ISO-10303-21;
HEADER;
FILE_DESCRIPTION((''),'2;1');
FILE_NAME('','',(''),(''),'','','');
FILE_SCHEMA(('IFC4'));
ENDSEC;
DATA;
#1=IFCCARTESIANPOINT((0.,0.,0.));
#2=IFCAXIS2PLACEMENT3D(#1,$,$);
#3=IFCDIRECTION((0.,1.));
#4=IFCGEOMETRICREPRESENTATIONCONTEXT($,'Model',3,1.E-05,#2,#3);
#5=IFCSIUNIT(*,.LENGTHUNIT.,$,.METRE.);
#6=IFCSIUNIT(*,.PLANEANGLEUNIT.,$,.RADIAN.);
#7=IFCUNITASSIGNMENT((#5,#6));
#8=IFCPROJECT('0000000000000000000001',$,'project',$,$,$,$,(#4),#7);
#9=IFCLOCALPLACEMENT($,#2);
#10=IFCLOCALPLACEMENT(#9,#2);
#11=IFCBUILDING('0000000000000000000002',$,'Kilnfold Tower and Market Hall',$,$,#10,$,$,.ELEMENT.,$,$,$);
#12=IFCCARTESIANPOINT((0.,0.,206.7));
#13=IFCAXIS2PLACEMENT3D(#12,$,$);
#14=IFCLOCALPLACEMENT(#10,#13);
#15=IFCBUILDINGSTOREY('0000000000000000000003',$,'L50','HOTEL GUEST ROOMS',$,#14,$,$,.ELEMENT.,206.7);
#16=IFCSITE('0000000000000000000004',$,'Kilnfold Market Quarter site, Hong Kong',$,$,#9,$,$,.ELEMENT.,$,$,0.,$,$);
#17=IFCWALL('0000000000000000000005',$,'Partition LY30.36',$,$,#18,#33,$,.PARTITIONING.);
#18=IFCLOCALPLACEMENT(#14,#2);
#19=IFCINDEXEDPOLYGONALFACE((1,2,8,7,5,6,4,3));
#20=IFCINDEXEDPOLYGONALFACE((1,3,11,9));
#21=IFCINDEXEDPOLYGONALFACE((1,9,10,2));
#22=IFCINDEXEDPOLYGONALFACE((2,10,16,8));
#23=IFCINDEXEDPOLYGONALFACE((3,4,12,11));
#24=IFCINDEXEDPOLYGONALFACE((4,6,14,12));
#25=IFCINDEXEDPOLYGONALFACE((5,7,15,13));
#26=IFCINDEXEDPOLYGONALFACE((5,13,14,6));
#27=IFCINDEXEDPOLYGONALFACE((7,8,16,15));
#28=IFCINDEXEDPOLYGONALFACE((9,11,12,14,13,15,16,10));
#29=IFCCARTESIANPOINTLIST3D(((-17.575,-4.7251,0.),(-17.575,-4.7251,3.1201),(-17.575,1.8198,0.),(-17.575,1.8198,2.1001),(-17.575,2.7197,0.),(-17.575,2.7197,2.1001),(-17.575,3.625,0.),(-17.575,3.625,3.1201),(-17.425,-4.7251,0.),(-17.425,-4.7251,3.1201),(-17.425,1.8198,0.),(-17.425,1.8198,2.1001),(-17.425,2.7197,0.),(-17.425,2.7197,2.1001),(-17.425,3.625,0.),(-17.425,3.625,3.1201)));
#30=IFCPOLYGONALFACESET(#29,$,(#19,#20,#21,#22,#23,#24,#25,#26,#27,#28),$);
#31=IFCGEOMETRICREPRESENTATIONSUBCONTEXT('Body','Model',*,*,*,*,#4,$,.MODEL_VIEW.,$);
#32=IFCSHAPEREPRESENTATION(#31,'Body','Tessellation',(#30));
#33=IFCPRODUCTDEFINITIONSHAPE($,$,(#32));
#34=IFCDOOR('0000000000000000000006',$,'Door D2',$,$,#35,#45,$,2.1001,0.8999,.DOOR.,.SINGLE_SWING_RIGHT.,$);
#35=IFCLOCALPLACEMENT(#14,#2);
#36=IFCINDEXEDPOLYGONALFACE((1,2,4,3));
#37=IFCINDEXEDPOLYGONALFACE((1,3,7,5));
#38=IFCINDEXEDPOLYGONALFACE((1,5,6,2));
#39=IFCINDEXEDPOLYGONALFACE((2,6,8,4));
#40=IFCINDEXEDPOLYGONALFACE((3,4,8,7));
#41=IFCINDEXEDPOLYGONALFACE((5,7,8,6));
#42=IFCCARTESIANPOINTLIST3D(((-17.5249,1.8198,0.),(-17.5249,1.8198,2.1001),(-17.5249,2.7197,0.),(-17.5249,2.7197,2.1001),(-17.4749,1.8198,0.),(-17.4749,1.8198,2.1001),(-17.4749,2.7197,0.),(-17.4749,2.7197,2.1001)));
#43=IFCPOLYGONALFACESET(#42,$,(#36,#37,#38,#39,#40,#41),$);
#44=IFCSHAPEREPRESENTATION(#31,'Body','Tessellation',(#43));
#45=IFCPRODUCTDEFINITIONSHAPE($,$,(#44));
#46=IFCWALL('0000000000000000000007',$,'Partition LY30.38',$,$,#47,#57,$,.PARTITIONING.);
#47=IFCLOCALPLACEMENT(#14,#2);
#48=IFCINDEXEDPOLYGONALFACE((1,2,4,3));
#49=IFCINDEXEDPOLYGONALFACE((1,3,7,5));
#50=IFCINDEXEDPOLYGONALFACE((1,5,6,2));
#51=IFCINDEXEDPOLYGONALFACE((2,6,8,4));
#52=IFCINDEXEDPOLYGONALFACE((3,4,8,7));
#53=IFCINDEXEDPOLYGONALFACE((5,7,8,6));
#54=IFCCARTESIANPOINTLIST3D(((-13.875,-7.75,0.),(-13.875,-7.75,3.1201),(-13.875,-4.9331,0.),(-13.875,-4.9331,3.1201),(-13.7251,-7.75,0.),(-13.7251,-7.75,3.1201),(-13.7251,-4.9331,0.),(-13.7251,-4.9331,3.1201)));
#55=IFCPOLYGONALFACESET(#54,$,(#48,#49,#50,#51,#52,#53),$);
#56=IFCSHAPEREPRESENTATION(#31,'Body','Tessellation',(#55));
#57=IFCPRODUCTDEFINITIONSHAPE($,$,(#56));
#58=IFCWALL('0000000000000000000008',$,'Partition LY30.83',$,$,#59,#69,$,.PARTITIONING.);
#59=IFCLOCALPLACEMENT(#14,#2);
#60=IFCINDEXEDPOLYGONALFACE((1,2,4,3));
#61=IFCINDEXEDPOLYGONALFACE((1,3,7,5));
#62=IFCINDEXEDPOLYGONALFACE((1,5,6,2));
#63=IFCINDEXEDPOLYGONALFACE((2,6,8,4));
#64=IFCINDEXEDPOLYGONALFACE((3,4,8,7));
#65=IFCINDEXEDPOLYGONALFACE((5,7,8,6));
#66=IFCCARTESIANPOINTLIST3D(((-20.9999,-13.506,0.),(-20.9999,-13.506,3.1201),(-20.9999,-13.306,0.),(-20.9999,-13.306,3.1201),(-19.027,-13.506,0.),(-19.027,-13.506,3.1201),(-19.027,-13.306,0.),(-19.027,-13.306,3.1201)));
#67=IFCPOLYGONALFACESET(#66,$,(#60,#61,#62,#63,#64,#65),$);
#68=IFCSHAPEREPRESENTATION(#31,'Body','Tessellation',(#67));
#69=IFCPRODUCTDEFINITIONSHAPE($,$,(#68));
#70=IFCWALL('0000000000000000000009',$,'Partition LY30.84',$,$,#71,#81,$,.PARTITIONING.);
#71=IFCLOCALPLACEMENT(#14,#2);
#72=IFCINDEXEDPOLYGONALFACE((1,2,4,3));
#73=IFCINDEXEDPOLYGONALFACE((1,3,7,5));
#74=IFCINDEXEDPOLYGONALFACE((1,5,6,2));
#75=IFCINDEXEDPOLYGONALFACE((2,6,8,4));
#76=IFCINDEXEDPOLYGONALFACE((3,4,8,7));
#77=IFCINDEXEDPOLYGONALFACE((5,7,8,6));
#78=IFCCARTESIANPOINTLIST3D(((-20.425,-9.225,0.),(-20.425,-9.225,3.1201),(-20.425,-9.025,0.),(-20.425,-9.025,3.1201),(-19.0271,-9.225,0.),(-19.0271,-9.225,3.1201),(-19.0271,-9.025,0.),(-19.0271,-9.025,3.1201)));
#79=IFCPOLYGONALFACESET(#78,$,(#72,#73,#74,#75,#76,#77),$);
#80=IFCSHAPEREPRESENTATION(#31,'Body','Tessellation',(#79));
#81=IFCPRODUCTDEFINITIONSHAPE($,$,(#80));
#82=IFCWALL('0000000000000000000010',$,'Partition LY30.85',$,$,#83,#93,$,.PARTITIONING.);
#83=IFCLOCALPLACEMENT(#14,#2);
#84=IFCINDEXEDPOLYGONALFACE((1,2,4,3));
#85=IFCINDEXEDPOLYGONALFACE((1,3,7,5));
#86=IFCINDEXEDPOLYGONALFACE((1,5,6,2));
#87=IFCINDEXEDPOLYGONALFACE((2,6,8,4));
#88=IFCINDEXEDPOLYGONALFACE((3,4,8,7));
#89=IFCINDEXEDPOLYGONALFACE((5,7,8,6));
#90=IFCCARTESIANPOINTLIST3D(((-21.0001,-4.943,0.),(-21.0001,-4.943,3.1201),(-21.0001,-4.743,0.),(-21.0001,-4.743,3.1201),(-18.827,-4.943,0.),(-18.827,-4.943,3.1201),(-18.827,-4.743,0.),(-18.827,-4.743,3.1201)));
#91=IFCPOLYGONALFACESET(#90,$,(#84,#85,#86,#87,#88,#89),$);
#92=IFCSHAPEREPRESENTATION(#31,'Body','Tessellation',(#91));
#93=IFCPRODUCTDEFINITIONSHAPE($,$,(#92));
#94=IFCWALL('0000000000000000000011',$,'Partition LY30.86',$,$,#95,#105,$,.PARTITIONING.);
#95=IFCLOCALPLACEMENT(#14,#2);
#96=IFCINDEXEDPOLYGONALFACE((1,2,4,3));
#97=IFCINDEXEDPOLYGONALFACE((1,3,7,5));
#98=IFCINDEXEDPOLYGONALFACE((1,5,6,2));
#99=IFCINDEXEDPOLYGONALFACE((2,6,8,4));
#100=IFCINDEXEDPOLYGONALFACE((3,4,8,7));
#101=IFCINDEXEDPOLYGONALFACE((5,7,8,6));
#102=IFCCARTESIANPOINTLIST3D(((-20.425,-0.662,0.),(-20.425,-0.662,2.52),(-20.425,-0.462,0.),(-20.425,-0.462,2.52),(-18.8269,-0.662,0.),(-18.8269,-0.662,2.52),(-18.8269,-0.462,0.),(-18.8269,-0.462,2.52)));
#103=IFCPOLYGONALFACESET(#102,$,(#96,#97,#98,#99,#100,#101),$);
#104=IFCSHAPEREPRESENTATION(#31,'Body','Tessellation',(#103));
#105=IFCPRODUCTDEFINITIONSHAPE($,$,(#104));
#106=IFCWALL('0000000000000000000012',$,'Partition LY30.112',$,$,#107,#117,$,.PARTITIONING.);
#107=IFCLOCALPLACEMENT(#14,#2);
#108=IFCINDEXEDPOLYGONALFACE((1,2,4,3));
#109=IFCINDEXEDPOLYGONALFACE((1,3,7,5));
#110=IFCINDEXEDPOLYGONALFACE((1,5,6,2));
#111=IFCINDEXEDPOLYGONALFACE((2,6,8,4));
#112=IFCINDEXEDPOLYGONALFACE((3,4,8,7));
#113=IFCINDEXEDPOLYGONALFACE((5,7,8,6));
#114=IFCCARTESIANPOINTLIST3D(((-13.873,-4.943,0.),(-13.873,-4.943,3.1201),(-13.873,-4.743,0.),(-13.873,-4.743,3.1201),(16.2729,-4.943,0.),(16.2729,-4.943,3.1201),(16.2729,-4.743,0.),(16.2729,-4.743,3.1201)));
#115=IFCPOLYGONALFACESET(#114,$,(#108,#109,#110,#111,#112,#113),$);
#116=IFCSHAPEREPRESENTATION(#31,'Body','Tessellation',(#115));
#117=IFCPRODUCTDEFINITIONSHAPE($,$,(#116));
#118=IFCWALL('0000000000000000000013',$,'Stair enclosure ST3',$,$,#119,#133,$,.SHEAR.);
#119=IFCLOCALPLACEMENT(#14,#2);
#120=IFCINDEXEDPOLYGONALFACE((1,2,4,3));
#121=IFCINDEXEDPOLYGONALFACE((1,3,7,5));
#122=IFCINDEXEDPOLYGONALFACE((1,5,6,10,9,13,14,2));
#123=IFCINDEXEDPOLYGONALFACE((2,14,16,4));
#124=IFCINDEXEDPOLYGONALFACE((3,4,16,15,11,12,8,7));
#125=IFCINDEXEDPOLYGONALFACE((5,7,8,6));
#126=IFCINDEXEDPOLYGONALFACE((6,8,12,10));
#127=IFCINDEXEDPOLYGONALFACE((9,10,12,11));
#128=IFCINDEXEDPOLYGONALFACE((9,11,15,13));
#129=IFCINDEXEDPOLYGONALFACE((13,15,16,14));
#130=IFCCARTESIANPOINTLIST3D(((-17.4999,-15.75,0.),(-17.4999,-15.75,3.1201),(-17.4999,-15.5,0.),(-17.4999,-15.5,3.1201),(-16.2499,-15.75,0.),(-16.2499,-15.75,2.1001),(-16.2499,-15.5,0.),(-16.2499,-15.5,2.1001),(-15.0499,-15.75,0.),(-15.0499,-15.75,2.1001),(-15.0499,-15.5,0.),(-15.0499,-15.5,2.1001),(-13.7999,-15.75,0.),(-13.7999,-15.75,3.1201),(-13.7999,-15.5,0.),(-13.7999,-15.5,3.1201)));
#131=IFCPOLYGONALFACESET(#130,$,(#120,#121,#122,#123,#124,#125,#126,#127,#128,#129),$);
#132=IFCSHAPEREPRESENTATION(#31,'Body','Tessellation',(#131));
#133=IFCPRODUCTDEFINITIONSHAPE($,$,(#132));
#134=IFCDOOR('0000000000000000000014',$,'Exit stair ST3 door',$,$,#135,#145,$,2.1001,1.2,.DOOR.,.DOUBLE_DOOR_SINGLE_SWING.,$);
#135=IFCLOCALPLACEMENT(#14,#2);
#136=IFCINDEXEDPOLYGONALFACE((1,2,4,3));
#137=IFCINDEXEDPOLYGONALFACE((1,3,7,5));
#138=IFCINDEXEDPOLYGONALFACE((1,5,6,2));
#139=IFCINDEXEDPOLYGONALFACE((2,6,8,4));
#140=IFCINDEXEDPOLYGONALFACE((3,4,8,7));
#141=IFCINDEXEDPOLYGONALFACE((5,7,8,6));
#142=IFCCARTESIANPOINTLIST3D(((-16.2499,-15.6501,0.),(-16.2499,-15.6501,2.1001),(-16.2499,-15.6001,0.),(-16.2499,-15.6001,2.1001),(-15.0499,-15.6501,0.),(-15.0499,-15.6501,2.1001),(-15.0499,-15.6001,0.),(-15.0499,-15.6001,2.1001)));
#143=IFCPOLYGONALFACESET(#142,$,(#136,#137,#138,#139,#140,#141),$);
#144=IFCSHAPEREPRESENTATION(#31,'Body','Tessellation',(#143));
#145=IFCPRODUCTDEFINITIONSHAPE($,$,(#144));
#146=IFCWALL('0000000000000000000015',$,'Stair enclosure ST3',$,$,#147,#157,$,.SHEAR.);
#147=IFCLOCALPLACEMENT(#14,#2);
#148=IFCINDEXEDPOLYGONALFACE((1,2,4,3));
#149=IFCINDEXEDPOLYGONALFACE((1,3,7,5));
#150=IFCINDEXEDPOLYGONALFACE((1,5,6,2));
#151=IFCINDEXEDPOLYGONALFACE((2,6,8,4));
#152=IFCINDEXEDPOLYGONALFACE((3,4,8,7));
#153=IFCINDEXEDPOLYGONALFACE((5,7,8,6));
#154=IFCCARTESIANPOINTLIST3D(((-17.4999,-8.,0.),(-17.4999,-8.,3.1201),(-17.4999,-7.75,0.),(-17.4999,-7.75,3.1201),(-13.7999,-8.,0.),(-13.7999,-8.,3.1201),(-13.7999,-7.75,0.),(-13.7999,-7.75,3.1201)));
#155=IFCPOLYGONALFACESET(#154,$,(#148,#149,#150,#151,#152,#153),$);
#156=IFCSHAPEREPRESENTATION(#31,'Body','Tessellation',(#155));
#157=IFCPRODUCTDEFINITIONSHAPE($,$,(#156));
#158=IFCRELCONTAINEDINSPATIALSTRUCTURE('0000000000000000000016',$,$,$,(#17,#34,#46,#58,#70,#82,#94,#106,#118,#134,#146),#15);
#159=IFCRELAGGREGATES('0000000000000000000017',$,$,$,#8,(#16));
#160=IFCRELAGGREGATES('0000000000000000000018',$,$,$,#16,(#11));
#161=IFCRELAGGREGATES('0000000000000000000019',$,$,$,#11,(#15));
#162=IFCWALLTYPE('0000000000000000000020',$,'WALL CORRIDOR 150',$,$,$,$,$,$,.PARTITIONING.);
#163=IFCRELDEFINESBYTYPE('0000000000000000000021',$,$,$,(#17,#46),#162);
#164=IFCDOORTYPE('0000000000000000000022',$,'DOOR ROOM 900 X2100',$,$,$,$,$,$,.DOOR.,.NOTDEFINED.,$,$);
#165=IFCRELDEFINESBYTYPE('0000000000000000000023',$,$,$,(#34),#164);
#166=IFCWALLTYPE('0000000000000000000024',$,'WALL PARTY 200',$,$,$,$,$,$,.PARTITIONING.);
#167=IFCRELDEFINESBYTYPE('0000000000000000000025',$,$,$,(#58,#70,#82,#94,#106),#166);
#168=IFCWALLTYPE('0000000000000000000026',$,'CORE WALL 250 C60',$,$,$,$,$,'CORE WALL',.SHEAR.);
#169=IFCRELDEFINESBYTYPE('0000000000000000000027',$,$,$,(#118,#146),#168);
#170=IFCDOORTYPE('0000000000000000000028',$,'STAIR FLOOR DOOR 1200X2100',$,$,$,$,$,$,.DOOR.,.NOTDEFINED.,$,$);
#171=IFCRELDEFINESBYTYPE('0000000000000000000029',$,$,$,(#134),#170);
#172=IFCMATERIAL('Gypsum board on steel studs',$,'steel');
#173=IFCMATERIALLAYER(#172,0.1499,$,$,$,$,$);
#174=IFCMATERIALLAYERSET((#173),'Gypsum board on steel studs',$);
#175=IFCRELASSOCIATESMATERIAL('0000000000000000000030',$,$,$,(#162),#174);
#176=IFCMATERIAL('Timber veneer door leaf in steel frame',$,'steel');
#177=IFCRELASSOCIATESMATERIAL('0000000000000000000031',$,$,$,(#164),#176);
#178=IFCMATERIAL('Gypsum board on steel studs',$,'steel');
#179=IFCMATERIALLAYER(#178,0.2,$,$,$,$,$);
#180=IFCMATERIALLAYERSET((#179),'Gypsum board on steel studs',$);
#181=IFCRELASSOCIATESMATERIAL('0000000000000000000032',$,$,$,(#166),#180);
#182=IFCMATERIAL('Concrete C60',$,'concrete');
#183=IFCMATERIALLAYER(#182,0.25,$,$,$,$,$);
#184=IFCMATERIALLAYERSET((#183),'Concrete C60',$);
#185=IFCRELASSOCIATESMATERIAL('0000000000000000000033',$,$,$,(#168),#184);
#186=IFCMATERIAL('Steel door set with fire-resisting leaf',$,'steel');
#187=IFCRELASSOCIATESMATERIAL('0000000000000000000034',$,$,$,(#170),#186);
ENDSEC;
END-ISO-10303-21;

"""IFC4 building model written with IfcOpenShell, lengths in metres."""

from ifc_helpers import new_model, si_unit, direction, frame, frame_2d, origin, place, context, subcontext, project, spatial, rectangle, extrude, source, transform, mapped, material, layer, layer_set, type_object, element, fill, save


model = new_model("IFC4")

# Units and contexts
model_context = context("Model", 3, precision=1e-05, world=origin(), true_north=direction((0.0, 1.0)))
body_context = subcontext(model_context, "Body", "Model", "MODEL_VIEW")
ifc_project = project(units=[si_unit("LENGTHUNIT", "METRE"), si_unit("PLANEANGLEUNIT", "RADIAN")], contexts=[model_context])

# Site, building, storey
site_placement = place(None, origin())
site = spatial("IfcSite", under=ifc_project, at=site_placement, Name="Kilnfold Market Quarter site, Hong Kong", CompositionType="ELEMENT", RefElevation=0.0)
building_placement = place(site_placement, origin())
building = spatial("IfcBuilding", under=site, at=building_placement, Name="Kilnfold Tower and Market Hall", CompositionType="ELEMENT")
storey_placement = place(building_placement, frame((0.0, 0.0, 206.7)))
storey = spatial("IfcBuildingStorey", under=building, at=storey_placement, Name="L50", Description="HOTEL GUEST ROOMS", CompositionType="ELEMENT", Elevation=206.7)

# Shared definitions
ifc_material_1 = material(Name="Gypsum board on steel studs", Category="steel")
ifc_layer_1 = layer(ifc_material_1, 0.1499)
ifc_layer_set_1 = layer_set([ifc_layer_1], Name="Gypsum board on steel studs")
wall_type_1 = type_object("IfcWallType", Name="WALL CORRIDOR 150", PredefinedType="PARTITIONING", material=ifc_layer_set_1)

# Wall, opening, door
wall_1_placement = place(storey_placement, frame((-17.5, -4.7251, 0.0), z_axis=(0.0, 0.0, 1.0), x_axis=(0.0, 1.0, 0.0)))
wall_1 = element("IfcWall", 1, at=wall_1_placement, inside=storey, type_object=wall_type_1, Name="Partition LY30.36", PredefinedType="PARTITIONING", context=body_context, shape_type="SweptSolid", body=[
    extrude(rectangle(XDim=8.3501, YDim=0.1499, at=frame_2d((4.175, 0.0))), origin(), (0.0, 0.0, 1.0), 3.1201),
])
opening_1_placement = place(wall_1_placement, frame((6.5449, 0.0, 0.0)))
opening_1 = element("IfcOpeningElement", 2, at=opening_1_placement, cuts=wall_1, PredefinedType="OPENING", context=body_context, shape_type="SweptSolid", body=[
    extrude(rectangle(XDim=0.8999, YDim=2.1001, at=frame_2d((0.45, 1.05))), frame((0.0, 0.085, 0.0), z_axis=(0.0, -1.0, 0.0), x_axis=(1.0, 0.0, 0.0)), (0.0, 0.0, 1.0), 0.1699),
])
ifc_material_2 = material(Name="Timber veneer door leaf in steel frame", Category="steel")
door_type_1 = type_object("IfcDoorType", Name="DOOR ROOM 900 X2100", OperationType="NOTDEFINED", PredefinedType="DOOR", material=ifc_material_2)
door_1_placement = place(opening_1_placement, origin())
door_1 = element("IfcDoor", 3, at=door_1_placement, inside=storey, type_object=door_type_1, Name="Door D2", OperationType="SINGLE_SWING_RIGHT", OverallHeight=2.1001, OverallWidth=0.8999, PredefinedType="DOOR", context=body_context, shape_type="SweptSolid", body=[
    extrude(rectangle(XDim=0.8999, YDim=2.1001, at=frame_2d((0.45, 1.05))), frame((0.0, 0.0249, 0.0), z_axis=(0.0, -1.0, 0.0), x_axis=(1.0, 0.0, 0.0)), (0.0, 0.0, 1.0), 0.05),
])
fill(opening_1, door_1)

# Walls
wall_2_placement = place(storey_placement, frame((-13.8, -7.75, 0.0), z_axis=(0.0, 0.0, 1.0), x_axis=(0.0, 1.0, 0.0)))
element("IfcWall", 4, at=wall_2_placement, inside=storey, type_object=wall_type_1, Name="Partition LY30.38", PredefinedType="PARTITIONING", context=body_context, shape_type="SweptSolid", body=[
    extrude(rectangle(XDim=2.8169, YDim=0.1499, at=frame_2d((1.4084, 0.0))), origin(), (0.0, 0.0, 1.0), 3.1201),
])
ifc_material_3 = material(Name="Gypsum board on steel studs", Category="steel")
ifc_layer_2 = layer(ifc_material_3, 0.2)
ifc_layer_set_2 = layer_set([ifc_layer_2], Name="Gypsum board on steel studs")
wall_type_2 = type_object("IfcWallType", Name="WALL PARTY 200", PredefinedType="PARTITIONING", material=ifc_layer_set_2)
wall_3_placement = place(storey_placement, frame((-19.0271, -13.406, 0.0), z_axis=(0.0, 0.0, 1.0), x_axis=(-1.0, 0.0, 0.0)))
element("IfcWall", 5, at=wall_3_placement, inside=storey, type_object=wall_type_2, Name="Partition LY30.83", PredefinedType="PARTITIONING", context=body_context, shape_type="SweptSolid", body=[
    extrude(rectangle(XDim=1.9729, YDim=0.2, at=frame_2d((0.9863, 0.0))), origin(), (0.0, 0.0, 1.0), 3.1201),
])
wall_4_placement = place(storey_placement, frame((-20.425, -9.125, 0.0), z_axis=(0.0, 0.0, 1.0), x_axis=(1.0, 0.0, 0.0)))
element("IfcWall", 6, at=wall_4_placement, inside=storey, type_object=wall_type_2, Name="Partition LY30.84", PredefinedType="PARTITIONING", context=body_context, shape_type="SweptSolid", body=[
    extrude(rectangle(XDim=1.3979, YDim=0.2, at=frame_2d((0.699, 0.0))), origin(), (0.0, 0.0, 1.0), 3.1201),
])
wall_5_placement = place(storey_placement, frame((-21.0, -4.843, 0.0), z_axis=(0.0, 0.0, 1.0), x_axis=(1.0, 0.0, 0.0)))
element("IfcWall", 7, at=wall_5_placement, inside=storey, type_object=wall_type_2, Name="Partition LY30.85", PredefinedType="PARTITIONING", context=body_context, shape_type="SweptSolid", body=[
    extrude(rectangle(XDim=2.1731, YDim=0.2, at=frame_2d((1.0864, 0.0))), origin(), (0.0, 0.0, 1.0), 3.1201),
])
wall_6_placement = place(storey_placement, frame((-18.8269, -0.562, 0.0), z_axis=(0.0, 0.0, 1.0), x_axis=(-1.0, 0.0, 0.0)))
element("IfcWall", 8, at=wall_6_placement, inside=storey, type_object=wall_type_2, Name="Partition LY30.86", PredefinedType="PARTITIONING", context=body_context, shape_type="SweptSolid", body=[
    extrude(rectangle(XDim=1.5981, YDim=0.2, at=frame_2d((0.7991, 0.0))), origin(), (0.0, 0.0, 1.0), 2.52),
])
wall_7_placement = place(storey_placement, frame((-13.873, -4.843, 0.0), z_axis=(0.0, 0.0, 1.0), x_axis=(1.0, 0.0, 0.0)))
element("IfcWall", 9, at=wall_7_placement, inside=storey, type_object=wall_type_2, Name="Partition LY30.112", PredefinedType="PARTITIONING", context=body_context, shape_type="SweptSolid", body=[
    extrude(rectangle(XDim=30.146, YDim=0.2, at=frame_2d((15.073, 0.0))), origin(), (0.0, 0.0, 1.0), 3.1201),
])

# Wall, opening, door
ifc_material_4 = material(Name="Concrete C60", Category="concrete")
ifc_layer_3 = layer(ifc_material_4, 0.25)
ifc_layer_set_3 = layer_set([ifc_layer_3], Name="Concrete C60")
wall_type_3 = type_object("IfcWallType", Name="CORE WALL 250 C60", ElementType="CORE WALL", PredefinedType="SHEAR", material=ifc_layer_set_3)
shared_shape_1 = source(origin(), body_context, "Body", "SweptSolid", [
    extrude(rectangle(XDim=3.7, YDim=0.25, at=frame_2d((1.8501, 0.0))), origin(), (0.0, 0.0, 1.0), 3.1201),
])
wall_8_placement = place(storey_placement, frame((-17.5, -15.625, 0.0), z_axis=(0.0, 0.0, 1.0), x_axis=(1.0, 0.0, 0.0)))
wall_8 = element("IfcWall", 10, at=wall_8_placement, inside=storey, type_object=wall_type_3, Name="Stair enclosure ST3", PredefinedType="SHEAR", context=body_context, shape_type="MappedRepresentation", body=[
    mapped(shared_shape_1, transform((0.0, 0.0, 0.0))),
])
opening_2_placement = place(wall_8_placement, frame((1.25, 0.0, 0.0)))
opening_2 = element("IfcOpeningElement", 11, at=opening_2_placement, cuts=wall_8, PredefinedType="OPENING", context=body_context, shape_type="SweptSolid", body=[
    extrude(rectangle(XDim=1.2, YDim=2.1001, at=frame_2d((0.6001, 1.05))), frame((0.0, 0.135, 0.0), z_axis=(0.0, -1.0, 0.0), x_axis=(1.0, 0.0, 0.0)), (0.0, 0.0, 1.0), 0.27),
])
ifc_material_5 = material(Name="Steel door set with fire-resisting leaf", Category="steel")
door_type_2 = type_object("IfcDoorType", Name="STAIR FLOOR DOOR 1200X2100", OperationType="NOTDEFINED", PredefinedType="DOOR", material=ifc_material_5)
door_2_placement = place(opening_2_placement, origin())
door_2 = element("IfcDoor", 12, at=door_2_placement, inside=storey, type_object=door_type_2, Name="Exit stair ST3 door", OperationType="DOUBLE_DOOR_SINGLE_SWING", OverallHeight=2.1001, OverallWidth=1.2, PredefinedType="DOOR", context=body_context, shape_type="SweptSolid", body=[
    extrude(rectangle(XDim=1.2, YDim=2.1001, at=frame_2d((0.6001, 1.05))), frame((0.0, 0.0249, 0.0), z_axis=(0.0, -1.0, 0.0), x_axis=(1.0, 0.0, 0.0)), (0.0, 0.0, 1.0), 0.05),
])
fill(opening_2, door_2)

# Wall
wall_9_placement = place(storey_placement, frame((-17.5, -7.875, 0.0), z_axis=(0.0, 0.0, 1.0), x_axis=(1.0, 0.0, 0.0)))
element("IfcWall", 13, at=wall_9_placement, inside=storey, type_object=wall_type_3, Name="Stair enclosure ST3", PredefinedType="SHEAR", context=body_context, shape_type="MappedRepresentation", body=[
    mapped(shared_shape_1, transform((0.0, 0.0, 0.0))),
])

save(model, "model.ifc")
